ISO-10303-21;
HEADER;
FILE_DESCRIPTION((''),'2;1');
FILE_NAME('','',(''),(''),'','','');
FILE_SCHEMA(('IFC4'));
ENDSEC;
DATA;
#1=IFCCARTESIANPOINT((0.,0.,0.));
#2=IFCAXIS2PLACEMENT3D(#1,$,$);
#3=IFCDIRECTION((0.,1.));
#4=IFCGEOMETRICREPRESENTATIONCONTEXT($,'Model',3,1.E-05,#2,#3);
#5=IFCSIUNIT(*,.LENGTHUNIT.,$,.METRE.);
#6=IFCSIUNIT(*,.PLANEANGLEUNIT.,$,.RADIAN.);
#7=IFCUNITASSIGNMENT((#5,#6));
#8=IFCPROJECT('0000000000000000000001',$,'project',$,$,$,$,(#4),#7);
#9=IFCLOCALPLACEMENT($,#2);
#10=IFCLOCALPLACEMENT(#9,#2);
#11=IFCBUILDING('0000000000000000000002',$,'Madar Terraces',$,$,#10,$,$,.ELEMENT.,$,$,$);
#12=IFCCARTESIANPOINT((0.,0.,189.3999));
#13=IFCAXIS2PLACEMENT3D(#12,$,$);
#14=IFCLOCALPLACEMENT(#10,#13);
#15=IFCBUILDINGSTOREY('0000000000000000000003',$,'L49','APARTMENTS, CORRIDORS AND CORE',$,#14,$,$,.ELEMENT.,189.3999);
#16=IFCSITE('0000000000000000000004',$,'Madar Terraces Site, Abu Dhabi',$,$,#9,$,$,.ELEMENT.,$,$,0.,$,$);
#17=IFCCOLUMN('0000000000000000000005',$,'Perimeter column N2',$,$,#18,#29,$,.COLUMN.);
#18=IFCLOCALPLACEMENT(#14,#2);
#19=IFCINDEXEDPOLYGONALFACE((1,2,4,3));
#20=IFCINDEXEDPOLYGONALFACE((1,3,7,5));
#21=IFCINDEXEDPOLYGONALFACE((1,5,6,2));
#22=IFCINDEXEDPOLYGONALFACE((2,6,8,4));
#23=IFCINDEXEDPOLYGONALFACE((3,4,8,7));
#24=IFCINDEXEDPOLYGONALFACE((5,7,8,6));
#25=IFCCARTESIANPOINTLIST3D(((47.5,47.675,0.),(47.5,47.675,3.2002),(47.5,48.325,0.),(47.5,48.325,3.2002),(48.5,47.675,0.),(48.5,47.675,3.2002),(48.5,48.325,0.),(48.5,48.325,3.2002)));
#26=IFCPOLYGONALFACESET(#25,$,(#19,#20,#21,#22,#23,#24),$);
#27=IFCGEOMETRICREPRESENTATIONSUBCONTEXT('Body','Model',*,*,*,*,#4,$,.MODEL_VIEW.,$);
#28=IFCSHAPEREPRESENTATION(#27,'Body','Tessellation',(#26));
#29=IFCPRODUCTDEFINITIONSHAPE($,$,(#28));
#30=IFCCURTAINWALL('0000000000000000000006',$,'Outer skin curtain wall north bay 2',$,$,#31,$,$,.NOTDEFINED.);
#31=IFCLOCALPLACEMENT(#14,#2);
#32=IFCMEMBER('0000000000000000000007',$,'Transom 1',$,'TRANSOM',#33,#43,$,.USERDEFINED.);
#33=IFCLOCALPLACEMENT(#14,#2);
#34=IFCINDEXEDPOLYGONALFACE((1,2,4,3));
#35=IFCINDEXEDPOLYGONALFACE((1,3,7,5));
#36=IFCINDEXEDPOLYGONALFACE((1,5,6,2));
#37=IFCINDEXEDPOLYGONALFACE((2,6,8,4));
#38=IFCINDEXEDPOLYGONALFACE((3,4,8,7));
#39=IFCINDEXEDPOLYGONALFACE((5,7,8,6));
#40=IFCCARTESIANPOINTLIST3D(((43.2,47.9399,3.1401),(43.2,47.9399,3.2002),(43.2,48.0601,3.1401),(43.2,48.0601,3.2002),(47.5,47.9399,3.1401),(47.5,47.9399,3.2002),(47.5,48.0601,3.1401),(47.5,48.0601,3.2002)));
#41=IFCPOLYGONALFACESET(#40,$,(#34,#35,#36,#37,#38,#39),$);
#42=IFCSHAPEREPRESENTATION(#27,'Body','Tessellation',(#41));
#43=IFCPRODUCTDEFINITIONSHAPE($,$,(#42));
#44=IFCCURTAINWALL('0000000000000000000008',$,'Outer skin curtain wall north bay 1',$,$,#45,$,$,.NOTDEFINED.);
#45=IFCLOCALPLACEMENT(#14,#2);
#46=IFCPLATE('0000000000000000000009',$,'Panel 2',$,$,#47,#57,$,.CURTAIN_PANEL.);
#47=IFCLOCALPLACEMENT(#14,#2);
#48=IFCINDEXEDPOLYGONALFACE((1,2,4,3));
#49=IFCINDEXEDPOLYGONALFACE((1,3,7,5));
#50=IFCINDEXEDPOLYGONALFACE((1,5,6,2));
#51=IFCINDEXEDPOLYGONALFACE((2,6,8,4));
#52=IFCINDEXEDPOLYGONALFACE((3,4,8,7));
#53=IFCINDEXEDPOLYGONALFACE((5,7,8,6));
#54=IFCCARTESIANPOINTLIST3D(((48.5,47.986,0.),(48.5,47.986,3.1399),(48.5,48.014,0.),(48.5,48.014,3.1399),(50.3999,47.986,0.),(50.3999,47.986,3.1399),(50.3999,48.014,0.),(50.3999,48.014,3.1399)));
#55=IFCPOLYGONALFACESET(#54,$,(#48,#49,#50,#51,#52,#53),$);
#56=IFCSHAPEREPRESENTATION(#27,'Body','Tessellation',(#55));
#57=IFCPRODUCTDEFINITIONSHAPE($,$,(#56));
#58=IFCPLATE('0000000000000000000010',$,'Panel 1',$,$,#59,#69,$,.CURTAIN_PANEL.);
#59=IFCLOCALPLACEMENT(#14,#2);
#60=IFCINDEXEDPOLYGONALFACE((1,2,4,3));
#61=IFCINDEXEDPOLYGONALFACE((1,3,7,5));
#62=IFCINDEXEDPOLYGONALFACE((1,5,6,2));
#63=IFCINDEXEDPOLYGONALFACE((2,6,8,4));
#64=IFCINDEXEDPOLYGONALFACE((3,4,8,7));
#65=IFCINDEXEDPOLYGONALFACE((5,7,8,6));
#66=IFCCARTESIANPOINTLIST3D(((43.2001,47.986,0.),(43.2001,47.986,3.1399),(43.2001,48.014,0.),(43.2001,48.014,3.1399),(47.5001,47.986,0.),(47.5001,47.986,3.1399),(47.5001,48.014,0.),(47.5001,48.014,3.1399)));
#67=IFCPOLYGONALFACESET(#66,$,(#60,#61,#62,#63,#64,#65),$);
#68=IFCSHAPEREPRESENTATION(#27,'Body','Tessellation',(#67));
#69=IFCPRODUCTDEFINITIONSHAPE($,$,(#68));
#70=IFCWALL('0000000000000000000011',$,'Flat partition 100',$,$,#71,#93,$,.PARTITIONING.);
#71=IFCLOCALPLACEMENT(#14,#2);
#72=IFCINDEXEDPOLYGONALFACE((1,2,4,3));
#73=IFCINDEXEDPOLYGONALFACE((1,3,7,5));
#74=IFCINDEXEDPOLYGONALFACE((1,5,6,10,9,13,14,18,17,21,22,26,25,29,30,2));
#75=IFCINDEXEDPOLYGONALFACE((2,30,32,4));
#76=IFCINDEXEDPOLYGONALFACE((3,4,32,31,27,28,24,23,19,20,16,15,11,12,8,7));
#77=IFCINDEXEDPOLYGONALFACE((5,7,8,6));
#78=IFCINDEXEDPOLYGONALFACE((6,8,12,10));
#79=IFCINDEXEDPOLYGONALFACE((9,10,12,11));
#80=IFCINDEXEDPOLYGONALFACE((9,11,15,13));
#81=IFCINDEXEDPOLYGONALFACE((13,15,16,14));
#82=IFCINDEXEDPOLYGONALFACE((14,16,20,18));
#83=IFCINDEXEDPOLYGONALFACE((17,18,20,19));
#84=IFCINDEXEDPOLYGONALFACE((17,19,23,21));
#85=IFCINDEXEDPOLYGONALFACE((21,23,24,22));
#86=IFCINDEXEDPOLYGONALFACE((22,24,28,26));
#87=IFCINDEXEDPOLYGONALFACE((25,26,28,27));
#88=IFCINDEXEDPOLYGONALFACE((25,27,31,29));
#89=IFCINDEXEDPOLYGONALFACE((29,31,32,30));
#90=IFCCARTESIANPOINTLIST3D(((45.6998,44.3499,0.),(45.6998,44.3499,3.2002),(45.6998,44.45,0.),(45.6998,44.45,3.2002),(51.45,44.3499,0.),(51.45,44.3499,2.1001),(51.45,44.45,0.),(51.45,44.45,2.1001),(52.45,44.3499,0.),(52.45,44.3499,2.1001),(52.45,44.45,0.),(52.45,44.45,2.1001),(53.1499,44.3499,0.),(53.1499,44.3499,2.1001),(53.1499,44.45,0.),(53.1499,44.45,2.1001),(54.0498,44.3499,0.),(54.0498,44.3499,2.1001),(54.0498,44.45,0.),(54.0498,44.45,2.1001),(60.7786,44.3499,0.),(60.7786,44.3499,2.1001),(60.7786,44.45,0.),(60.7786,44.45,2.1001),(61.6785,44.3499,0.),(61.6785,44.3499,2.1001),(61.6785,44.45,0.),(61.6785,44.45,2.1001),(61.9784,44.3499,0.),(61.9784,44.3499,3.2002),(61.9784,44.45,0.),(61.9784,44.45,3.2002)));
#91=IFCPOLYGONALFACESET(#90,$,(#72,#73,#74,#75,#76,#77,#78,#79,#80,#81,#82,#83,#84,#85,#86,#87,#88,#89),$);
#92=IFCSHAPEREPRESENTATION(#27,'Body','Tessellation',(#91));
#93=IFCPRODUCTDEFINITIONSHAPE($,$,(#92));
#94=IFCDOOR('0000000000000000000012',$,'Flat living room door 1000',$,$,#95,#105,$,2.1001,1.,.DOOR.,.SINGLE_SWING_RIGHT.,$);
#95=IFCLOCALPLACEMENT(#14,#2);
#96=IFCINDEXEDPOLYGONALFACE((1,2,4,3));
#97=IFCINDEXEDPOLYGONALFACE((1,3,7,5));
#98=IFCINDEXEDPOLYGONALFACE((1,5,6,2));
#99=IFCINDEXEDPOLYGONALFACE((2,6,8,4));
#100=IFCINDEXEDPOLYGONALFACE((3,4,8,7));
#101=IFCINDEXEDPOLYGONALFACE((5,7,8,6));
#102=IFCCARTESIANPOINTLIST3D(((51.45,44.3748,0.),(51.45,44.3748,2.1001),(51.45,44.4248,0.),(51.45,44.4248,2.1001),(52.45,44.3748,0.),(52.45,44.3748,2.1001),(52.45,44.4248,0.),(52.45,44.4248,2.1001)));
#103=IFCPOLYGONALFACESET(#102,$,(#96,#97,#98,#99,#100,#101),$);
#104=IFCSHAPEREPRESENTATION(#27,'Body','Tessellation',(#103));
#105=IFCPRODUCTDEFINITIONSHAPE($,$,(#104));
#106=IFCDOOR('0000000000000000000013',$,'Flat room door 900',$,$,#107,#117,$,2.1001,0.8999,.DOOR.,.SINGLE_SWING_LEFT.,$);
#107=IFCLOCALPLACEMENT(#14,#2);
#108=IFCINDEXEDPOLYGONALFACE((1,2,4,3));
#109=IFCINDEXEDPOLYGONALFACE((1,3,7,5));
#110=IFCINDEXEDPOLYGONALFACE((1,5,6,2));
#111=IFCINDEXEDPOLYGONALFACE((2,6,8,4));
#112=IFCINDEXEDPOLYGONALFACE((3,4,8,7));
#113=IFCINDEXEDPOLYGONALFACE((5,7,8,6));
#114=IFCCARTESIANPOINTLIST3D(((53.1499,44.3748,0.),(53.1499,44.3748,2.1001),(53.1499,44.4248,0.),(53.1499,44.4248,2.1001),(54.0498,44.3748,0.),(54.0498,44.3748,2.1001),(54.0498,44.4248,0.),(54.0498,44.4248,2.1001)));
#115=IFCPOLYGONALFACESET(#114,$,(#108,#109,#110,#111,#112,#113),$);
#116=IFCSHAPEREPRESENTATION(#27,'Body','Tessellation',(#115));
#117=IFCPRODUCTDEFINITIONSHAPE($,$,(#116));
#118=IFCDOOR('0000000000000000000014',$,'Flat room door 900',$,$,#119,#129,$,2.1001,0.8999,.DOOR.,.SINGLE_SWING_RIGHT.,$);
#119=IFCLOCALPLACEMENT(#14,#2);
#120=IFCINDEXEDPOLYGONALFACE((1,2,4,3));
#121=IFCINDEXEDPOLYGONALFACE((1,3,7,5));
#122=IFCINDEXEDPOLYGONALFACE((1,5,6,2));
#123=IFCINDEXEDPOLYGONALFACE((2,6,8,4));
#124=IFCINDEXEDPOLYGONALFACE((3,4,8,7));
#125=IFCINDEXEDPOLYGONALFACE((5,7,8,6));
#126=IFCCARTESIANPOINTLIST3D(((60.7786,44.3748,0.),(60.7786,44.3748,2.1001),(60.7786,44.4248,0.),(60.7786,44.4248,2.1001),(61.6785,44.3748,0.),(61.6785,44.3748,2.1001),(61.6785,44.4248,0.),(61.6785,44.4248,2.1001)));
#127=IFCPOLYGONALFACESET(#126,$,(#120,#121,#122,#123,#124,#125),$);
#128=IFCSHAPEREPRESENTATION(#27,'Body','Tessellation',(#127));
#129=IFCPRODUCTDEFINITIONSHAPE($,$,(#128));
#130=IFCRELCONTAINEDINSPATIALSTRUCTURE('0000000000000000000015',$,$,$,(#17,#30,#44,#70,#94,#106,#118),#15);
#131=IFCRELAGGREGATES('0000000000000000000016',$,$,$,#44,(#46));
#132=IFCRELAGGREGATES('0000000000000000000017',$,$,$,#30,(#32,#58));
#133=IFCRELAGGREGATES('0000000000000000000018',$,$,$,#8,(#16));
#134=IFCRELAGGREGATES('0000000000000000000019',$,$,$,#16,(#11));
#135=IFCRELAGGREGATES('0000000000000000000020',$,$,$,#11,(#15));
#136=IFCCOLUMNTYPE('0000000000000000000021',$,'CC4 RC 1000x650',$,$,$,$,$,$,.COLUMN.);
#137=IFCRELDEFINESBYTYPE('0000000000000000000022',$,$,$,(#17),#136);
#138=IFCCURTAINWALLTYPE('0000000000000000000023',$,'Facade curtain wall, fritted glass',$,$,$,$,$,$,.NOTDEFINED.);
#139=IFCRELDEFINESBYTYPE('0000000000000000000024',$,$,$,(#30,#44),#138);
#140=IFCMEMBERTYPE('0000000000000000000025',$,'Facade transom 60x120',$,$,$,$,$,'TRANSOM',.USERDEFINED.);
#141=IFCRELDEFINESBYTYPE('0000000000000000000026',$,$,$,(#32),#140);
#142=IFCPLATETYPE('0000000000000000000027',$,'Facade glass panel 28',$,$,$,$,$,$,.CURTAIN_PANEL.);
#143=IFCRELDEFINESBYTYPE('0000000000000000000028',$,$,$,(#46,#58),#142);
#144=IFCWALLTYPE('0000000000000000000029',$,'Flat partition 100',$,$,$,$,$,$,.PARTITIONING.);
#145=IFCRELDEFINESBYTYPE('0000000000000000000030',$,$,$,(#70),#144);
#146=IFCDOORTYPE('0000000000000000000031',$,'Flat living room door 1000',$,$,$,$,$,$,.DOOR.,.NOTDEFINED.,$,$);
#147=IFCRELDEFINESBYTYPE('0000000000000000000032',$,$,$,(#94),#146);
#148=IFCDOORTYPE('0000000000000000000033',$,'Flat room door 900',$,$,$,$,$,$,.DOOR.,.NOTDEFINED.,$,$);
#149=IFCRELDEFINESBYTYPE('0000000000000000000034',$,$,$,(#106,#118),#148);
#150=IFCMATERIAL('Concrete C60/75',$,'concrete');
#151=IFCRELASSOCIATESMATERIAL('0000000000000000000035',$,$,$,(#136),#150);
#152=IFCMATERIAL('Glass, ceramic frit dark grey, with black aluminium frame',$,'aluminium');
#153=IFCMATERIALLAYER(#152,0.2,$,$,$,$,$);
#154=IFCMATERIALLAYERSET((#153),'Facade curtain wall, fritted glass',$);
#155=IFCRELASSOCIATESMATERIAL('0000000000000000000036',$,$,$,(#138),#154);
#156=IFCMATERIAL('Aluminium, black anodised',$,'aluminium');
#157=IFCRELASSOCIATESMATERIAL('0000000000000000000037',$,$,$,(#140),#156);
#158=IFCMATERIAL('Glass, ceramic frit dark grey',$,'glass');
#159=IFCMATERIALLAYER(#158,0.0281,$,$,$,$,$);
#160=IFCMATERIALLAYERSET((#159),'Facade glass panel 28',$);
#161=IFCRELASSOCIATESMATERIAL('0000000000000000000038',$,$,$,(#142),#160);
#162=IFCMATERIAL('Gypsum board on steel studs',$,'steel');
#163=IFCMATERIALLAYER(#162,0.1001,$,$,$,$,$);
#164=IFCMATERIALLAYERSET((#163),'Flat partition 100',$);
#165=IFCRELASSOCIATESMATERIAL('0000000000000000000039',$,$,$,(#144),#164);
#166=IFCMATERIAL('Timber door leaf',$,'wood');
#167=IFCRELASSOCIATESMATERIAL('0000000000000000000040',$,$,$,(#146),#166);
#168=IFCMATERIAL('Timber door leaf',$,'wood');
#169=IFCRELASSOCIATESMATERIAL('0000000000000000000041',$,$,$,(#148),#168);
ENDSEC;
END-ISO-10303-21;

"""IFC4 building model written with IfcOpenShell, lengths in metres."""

from ifc_helpers import new_model, si_unit, direction, frame, frame_2d, origin, origin_2d, place, context, subcontext, project, spatial, rectangle, extrude, material, layer, layer_set, material_profile, profile_set, type_object, element, fill, aggregate, save


model = new_model("IFC4")

# Units and contexts
model_context = context("Model", 3, precision=1e-05, world=origin(), true_north=direction((0.0, 1.0)))
body_context = subcontext(model_context, "Body", "Model", "MODEL_VIEW")
ifc_project = project(units=[si_unit("LENGTHUNIT", "METRE"), si_unit("PLANEANGLEUNIT", "RADIAN")], contexts=[model_context])

# Site, building, storey
site_placement = place(None, origin())
site = spatial("IfcSite", under=ifc_project, at=site_placement, Name="Madar Terraces Site, Abu Dhabi", CompositionType="ELEMENT", RefElevation=0.0)
building_placement = place(site_placement, origin())
building = spatial("IfcBuilding", under=site, at=building_placement, Name="Madar Terraces", CompositionType="ELEMENT")
storey_placement = place(building_placement, frame((0.0, 0.0, 189.3999)))
storey = spatial("IfcBuildingStorey", under=building, at=storey_placement, Name="L49", Description="APARTMENTS, CORRIDORS AND CORE", CompositionType="ELEMENT", Elevation=189.3999)

# Column
ifc_material_1 = material(Name="Concrete C60/75", Category="concrete")
ifc_material_profile_1 = material_profile(ifc_material_1, rectangle(XDim=1.0, YDim=0.6499, at=origin_2d()), Name="CC4 RC 1000x650")
ifc_profile_set_1 = profile_set([ifc_material_profile_1], Name="Concrete C60/75")
column_type = type_object("IfcColumnType", Name="CC4 RC 1000x650", PredefinedType="COLUMN", material=ifc_profile_set_1)
column_placement = place(storey_placement, frame((48.0, 48.0, 0.0), z_axis=(0.0, 0.0, 1.0), x_axis=(1.0, 0.0, 0.0)))
element("IfcColumn", 1, at=column_placement, inside=storey, type_object=column_type, Name="Perimeter column N2", PredefinedType="COLUMN", context=body_context, shape_type="SweptSolid", body=[
    extrude(rectangle(XDim=1.0, YDim=0.6499, at=origin_2d()), origin(), (0.0, 0.0, 1.0), 3.2002),
])

# Curtain wall, member
ifc_material_2 = material(Name="Glass, ceramic frit dark grey, with black aluminium frame", Category="aluminium")
ifc_layer_1 = layer(ifc_material_2, 0.2)
ifc_layer_set_1 = layer_set([ifc_layer_1], Name="Facade curtain wall, fritted glass")
curtain_wall_type = type_object("IfcCurtainWallType", Name="Facade curtain wall, fritted glass", PredefinedType="NOTDEFINED", material=ifc_layer_set_1)
curtain_wall_1_placement = place(storey_placement, origin())
curtain_wall_1 = element("IfcCurtainWall", 2, at=curtain_wall_1_placement, inside=storey, type_object=curtain_wall_type, Name="Outer skin curtain wall north bay 2", PredefinedType="NOTDEFINED")
ifc_material_3 = material(Name="Aluminium, black anodised", Category="aluminium")
ifc_material_profile_2 = material_profile(ifc_material_3, rectangle(XDim=0.1201, YDim=0.0601, at=origin_2d()), Name="Facade transom 60x120")
ifc_profile_set_2 = profile_set([ifc_material_profile_2], Name="Aluminium, black anodised")
member_type = type_object("IfcMemberType", Name="Facade transom 60x120", ElementType="TRANSOM", PredefinedType="USERDEFINED", material=ifc_profile_set_2)
member_placement = place(storey_placement, frame((47.5, 48.0, 3.1702), z_axis=(-1.0, 0.0, 0.0), x_axis=(0.0, -1.0, 0.0)))
member = element("IfcMember", 3, at=member_placement, type_object=member_type, Name="Transom 1", ObjectType="TRANSOM", PredefinedType="USERDEFINED", context=body_context, shape_type="SweptSolid", body=[
    extrude(rectangle(XDim=0.1201, YDim=0.0601, at=origin_2d()), origin(), (0.0, 0.0, 1.0), 4.3),
])

# Curtain wall, plate
curtain_wall_2_placement = place(storey_placement, origin())
curtain_wall_2 = element("IfcCurtainWall", 4, at=curtain_wall_2_placement, inside=storey, type_object=curtain_wall_type, Name="Outer skin curtain wall north bay 1", PredefinedType="NOTDEFINED")
ifc_material_4 = material(Name="Glass, ceramic frit dark grey", Category="glass")
ifc_layer_2 = layer(ifc_material_4, 0.0281)
ifc_layer_set_2 = layer_set([ifc_layer_2], Name="Facade glass panel 28")
plate_type = type_object("IfcPlateType", Name="Facade glass panel 28", PredefinedType="CURTAIN_PANEL", material=ifc_layer_set_2)
plate_1_placement = place(storey_placement, frame((49.45, 48.0, 0.0), z_axis=(0.0, 0.0, 1.0), x_axis=(-1.0, 0.0, 0.0)))
plate_1 = element("IfcPlate", 5, at=plate_1_placement, type_object=plate_type, Name="Panel 2", PredefinedType="CURTAIN_PANEL", context=body_context, shape_type="SweptSolid", body=[
    extrude(rectangle(XDim=1.8999, YDim=0.0281, at=origin_2d()), origin(), (0.0, 0.0, 1.0), 3.1399),
])
aggregate(curtain_wall_2, [plate_1])

# Plate
plate_2_placement = place(storey_placement, frame((45.3501, 48.0, 0.0), z_axis=(0.0, 0.0, 1.0), x_axis=(-1.0, 0.0, 0.0)))
plate_2 = element("IfcPlate", 6, at=plate_2_placement, type_object=plate_type, Name="Panel 1", PredefinedType="CURTAIN_PANEL", context=body_context, shape_type="SweptSolid", body=[
    extrude(rectangle(XDim=4.3, YDim=0.0281, at=origin_2d()), origin(), (0.0, 0.0, 1.0), 3.1399),
])
aggregate(curtain_wall_1, [member, plate_2])

# Wall, openings, doors
ifc_material_5 = material(Name="Gypsum board on steel studs", Category="steel")
ifc_layer_3 = layer(ifc_material_5, 0.1001)
ifc_layer_set_3 = layer_set([ifc_layer_3], Name="Flat partition 100")
wall_type_1 = type_object("IfcWallType", Name="Flat partition 100", PredefinedType="PARTITIONING", material=ifc_layer_set_3)
wall_1_placement = place(storey_placement, frame((45.7, 44.3999, 0.0), z_axis=(0.0, 0.0, 1.0), x_axis=(1.0, 0.0, 0.0)))
wall_1 = element("IfcWall", 7, at=wall_1_placement, inside=storey, type_object=wall_type_1, Name="Flat partition 100", PredefinedType="PARTITIONING", context=body_context, shape_type="SweptSolid", body=[
    extrude(rectangle(XDim=16.2786, YDim=0.1001, at=frame_2d((8.1392, 0.0))), origin(), (0.0, 0.0, 1.0), 3.2002),
])
opening_1_placement = place(wall_1_placement, frame((5.75, 0.0, 0.0)))
opening_1 = element("IfcOpeningElement", 8, at=opening_1_placement, cuts=wall_1, PredefinedType="OPENING", context=body_context, shape_type="SweptSolid", body=[
    extrude(rectangle(XDim=1.0, YDim=2.1001, at=frame_2d((0.5, 1.05))), frame((0.0, 0.0601, 0.0), z_axis=(0.0, -1.0, 0.0), x_axis=(1.0, 0.0, 0.0)), (0.0, 0.0, 1.0), 0.1201),
])
opening_2_placement = place(wall_1_placement, frame((7.45, 0.0, 0.0)))
opening_2 = element("IfcOpeningElement", 9, at=opening_2_placement, cuts=wall_1, PredefinedType="OPENING", context=body_context, shape_type="SweptSolid", body=[
    extrude(rectangle(XDim=0.8999, YDim=2.1001, at=frame_2d((0.45, 1.05))), frame((0.0, 0.0601, 0.0), z_axis=(0.0, -1.0, 0.0), x_axis=(1.0, 0.0, 0.0)), (0.0, 0.0, 1.0), 0.1201),
])
opening_3_placement = place(wall_1_placement, frame((15.0786, 0.0, 0.0)))
opening_3 = element("IfcOpeningElement", 10, at=opening_3_placement, cuts=wall_1, PredefinedType="OPENING", context=body_context, shape_type="SweptSolid", body=[
    extrude(rectangle(XDim=0.8999, YDim=2.1001, at=frame_2d((0.45, 1.05))), frame((0.0, 0.0601, 0.0), z_axis=(0.0, -1.0, 0.0), x_axis=(1.0, 0.0, 0.0)), (0.0, 0.0, 1.0), 0.1201),
])
ifc_material_6 = material(Name="Timber door leaf", Category="wood")
door_type_1 = type_object("IfcDoorType", Name="Flat living room door 1000", OperationType="NOTDEFINED", PredefinedType="DOOR", material=ifc_material_6)
door_1_placement = place(opening_1_placement, origin())
door_1 = element("IfcDoor", 11, at=door_1_placement, inside=storey, type_object=door_type_1, Name="Flat living room door 1000", OperationType="SINGLE_SWING_RIGHT", OverallHeight=2.1001, OverallWidth=1.0, PredefinedType="DOOR", context=body_context, shape_type="SweptSolid", body=[
    extrude(rectangle(XDim=1.0, YDim=2.1001, at=frame_2d((0.5, 1.05))), frame((0.0, 0.0249, 0.0), z_axis=(0.0, -1.0, 0.0), x_axis=(1.0, 0.0, 0.0)), (0.0, 0.0, 1.0), 0.05),
])
fill(opening_1, door_1)
ifc_material_7 = material(Name="Timber door leaf", Category="wood")
door_type_2 = type_object("IfcDoorType", Name="Flat room door 900", OperationType="NOTDEFINED", PredefinedType="DOOR", material=ifc_material_7)
door_2_placement = place(opening_2_placement, origin())
door_2 = element("IfcDoor", 12, at=door_2_placement, inside=storey, type_object=door_type_2, Name="Flat room door 900", OperationType="SINGLE_SWING_LEFT", OverallHeight=2.1001, OverallWidth=0.8999, PredefinedType="DOOR", context=body_context, shape_type="SweptSolid", body=[
    extrude(rectangle(XDim=0.8999, YDim=2.1001, at=frame_2d((0.45, 1.05))), frame((0.0, 0.0249, 0.0), z_axis=(0.0, -1.0, 0.0), x_axis=(1.0, 0.0, 0.0)), (0.0, 0.0, 1.0), 0.05),
])
fill(opening_2, door_2)
door_3_placement = place(opening_3_placement, origin())
door_3 = element("IfcDoor", 13, at=door_3_placement, inside=storey, type_object=door_type_2, Name="Flat room door 900", OperationType="SINGLE_SWING_RIGHT", OverallHeight=2.1001, OverallWidth=0.8999, PredefinedType="DOOR", context=body_context, shape_type="SweptSolid", body=[
    extrude(rectangle(XDim=0.8999, YDim=2.1001, at=frame_2d((0.45, 1.05))), frame((0.0, 0.0249, 0.0), z_axis=(0.0, -1.0, 0.0), x_axis=(1.0, 0.0, 0.0)), (0.0, 0.0, 1.0), 0.05),
])
fill(opening_3, door_3)

save(model, "model.ifc")
